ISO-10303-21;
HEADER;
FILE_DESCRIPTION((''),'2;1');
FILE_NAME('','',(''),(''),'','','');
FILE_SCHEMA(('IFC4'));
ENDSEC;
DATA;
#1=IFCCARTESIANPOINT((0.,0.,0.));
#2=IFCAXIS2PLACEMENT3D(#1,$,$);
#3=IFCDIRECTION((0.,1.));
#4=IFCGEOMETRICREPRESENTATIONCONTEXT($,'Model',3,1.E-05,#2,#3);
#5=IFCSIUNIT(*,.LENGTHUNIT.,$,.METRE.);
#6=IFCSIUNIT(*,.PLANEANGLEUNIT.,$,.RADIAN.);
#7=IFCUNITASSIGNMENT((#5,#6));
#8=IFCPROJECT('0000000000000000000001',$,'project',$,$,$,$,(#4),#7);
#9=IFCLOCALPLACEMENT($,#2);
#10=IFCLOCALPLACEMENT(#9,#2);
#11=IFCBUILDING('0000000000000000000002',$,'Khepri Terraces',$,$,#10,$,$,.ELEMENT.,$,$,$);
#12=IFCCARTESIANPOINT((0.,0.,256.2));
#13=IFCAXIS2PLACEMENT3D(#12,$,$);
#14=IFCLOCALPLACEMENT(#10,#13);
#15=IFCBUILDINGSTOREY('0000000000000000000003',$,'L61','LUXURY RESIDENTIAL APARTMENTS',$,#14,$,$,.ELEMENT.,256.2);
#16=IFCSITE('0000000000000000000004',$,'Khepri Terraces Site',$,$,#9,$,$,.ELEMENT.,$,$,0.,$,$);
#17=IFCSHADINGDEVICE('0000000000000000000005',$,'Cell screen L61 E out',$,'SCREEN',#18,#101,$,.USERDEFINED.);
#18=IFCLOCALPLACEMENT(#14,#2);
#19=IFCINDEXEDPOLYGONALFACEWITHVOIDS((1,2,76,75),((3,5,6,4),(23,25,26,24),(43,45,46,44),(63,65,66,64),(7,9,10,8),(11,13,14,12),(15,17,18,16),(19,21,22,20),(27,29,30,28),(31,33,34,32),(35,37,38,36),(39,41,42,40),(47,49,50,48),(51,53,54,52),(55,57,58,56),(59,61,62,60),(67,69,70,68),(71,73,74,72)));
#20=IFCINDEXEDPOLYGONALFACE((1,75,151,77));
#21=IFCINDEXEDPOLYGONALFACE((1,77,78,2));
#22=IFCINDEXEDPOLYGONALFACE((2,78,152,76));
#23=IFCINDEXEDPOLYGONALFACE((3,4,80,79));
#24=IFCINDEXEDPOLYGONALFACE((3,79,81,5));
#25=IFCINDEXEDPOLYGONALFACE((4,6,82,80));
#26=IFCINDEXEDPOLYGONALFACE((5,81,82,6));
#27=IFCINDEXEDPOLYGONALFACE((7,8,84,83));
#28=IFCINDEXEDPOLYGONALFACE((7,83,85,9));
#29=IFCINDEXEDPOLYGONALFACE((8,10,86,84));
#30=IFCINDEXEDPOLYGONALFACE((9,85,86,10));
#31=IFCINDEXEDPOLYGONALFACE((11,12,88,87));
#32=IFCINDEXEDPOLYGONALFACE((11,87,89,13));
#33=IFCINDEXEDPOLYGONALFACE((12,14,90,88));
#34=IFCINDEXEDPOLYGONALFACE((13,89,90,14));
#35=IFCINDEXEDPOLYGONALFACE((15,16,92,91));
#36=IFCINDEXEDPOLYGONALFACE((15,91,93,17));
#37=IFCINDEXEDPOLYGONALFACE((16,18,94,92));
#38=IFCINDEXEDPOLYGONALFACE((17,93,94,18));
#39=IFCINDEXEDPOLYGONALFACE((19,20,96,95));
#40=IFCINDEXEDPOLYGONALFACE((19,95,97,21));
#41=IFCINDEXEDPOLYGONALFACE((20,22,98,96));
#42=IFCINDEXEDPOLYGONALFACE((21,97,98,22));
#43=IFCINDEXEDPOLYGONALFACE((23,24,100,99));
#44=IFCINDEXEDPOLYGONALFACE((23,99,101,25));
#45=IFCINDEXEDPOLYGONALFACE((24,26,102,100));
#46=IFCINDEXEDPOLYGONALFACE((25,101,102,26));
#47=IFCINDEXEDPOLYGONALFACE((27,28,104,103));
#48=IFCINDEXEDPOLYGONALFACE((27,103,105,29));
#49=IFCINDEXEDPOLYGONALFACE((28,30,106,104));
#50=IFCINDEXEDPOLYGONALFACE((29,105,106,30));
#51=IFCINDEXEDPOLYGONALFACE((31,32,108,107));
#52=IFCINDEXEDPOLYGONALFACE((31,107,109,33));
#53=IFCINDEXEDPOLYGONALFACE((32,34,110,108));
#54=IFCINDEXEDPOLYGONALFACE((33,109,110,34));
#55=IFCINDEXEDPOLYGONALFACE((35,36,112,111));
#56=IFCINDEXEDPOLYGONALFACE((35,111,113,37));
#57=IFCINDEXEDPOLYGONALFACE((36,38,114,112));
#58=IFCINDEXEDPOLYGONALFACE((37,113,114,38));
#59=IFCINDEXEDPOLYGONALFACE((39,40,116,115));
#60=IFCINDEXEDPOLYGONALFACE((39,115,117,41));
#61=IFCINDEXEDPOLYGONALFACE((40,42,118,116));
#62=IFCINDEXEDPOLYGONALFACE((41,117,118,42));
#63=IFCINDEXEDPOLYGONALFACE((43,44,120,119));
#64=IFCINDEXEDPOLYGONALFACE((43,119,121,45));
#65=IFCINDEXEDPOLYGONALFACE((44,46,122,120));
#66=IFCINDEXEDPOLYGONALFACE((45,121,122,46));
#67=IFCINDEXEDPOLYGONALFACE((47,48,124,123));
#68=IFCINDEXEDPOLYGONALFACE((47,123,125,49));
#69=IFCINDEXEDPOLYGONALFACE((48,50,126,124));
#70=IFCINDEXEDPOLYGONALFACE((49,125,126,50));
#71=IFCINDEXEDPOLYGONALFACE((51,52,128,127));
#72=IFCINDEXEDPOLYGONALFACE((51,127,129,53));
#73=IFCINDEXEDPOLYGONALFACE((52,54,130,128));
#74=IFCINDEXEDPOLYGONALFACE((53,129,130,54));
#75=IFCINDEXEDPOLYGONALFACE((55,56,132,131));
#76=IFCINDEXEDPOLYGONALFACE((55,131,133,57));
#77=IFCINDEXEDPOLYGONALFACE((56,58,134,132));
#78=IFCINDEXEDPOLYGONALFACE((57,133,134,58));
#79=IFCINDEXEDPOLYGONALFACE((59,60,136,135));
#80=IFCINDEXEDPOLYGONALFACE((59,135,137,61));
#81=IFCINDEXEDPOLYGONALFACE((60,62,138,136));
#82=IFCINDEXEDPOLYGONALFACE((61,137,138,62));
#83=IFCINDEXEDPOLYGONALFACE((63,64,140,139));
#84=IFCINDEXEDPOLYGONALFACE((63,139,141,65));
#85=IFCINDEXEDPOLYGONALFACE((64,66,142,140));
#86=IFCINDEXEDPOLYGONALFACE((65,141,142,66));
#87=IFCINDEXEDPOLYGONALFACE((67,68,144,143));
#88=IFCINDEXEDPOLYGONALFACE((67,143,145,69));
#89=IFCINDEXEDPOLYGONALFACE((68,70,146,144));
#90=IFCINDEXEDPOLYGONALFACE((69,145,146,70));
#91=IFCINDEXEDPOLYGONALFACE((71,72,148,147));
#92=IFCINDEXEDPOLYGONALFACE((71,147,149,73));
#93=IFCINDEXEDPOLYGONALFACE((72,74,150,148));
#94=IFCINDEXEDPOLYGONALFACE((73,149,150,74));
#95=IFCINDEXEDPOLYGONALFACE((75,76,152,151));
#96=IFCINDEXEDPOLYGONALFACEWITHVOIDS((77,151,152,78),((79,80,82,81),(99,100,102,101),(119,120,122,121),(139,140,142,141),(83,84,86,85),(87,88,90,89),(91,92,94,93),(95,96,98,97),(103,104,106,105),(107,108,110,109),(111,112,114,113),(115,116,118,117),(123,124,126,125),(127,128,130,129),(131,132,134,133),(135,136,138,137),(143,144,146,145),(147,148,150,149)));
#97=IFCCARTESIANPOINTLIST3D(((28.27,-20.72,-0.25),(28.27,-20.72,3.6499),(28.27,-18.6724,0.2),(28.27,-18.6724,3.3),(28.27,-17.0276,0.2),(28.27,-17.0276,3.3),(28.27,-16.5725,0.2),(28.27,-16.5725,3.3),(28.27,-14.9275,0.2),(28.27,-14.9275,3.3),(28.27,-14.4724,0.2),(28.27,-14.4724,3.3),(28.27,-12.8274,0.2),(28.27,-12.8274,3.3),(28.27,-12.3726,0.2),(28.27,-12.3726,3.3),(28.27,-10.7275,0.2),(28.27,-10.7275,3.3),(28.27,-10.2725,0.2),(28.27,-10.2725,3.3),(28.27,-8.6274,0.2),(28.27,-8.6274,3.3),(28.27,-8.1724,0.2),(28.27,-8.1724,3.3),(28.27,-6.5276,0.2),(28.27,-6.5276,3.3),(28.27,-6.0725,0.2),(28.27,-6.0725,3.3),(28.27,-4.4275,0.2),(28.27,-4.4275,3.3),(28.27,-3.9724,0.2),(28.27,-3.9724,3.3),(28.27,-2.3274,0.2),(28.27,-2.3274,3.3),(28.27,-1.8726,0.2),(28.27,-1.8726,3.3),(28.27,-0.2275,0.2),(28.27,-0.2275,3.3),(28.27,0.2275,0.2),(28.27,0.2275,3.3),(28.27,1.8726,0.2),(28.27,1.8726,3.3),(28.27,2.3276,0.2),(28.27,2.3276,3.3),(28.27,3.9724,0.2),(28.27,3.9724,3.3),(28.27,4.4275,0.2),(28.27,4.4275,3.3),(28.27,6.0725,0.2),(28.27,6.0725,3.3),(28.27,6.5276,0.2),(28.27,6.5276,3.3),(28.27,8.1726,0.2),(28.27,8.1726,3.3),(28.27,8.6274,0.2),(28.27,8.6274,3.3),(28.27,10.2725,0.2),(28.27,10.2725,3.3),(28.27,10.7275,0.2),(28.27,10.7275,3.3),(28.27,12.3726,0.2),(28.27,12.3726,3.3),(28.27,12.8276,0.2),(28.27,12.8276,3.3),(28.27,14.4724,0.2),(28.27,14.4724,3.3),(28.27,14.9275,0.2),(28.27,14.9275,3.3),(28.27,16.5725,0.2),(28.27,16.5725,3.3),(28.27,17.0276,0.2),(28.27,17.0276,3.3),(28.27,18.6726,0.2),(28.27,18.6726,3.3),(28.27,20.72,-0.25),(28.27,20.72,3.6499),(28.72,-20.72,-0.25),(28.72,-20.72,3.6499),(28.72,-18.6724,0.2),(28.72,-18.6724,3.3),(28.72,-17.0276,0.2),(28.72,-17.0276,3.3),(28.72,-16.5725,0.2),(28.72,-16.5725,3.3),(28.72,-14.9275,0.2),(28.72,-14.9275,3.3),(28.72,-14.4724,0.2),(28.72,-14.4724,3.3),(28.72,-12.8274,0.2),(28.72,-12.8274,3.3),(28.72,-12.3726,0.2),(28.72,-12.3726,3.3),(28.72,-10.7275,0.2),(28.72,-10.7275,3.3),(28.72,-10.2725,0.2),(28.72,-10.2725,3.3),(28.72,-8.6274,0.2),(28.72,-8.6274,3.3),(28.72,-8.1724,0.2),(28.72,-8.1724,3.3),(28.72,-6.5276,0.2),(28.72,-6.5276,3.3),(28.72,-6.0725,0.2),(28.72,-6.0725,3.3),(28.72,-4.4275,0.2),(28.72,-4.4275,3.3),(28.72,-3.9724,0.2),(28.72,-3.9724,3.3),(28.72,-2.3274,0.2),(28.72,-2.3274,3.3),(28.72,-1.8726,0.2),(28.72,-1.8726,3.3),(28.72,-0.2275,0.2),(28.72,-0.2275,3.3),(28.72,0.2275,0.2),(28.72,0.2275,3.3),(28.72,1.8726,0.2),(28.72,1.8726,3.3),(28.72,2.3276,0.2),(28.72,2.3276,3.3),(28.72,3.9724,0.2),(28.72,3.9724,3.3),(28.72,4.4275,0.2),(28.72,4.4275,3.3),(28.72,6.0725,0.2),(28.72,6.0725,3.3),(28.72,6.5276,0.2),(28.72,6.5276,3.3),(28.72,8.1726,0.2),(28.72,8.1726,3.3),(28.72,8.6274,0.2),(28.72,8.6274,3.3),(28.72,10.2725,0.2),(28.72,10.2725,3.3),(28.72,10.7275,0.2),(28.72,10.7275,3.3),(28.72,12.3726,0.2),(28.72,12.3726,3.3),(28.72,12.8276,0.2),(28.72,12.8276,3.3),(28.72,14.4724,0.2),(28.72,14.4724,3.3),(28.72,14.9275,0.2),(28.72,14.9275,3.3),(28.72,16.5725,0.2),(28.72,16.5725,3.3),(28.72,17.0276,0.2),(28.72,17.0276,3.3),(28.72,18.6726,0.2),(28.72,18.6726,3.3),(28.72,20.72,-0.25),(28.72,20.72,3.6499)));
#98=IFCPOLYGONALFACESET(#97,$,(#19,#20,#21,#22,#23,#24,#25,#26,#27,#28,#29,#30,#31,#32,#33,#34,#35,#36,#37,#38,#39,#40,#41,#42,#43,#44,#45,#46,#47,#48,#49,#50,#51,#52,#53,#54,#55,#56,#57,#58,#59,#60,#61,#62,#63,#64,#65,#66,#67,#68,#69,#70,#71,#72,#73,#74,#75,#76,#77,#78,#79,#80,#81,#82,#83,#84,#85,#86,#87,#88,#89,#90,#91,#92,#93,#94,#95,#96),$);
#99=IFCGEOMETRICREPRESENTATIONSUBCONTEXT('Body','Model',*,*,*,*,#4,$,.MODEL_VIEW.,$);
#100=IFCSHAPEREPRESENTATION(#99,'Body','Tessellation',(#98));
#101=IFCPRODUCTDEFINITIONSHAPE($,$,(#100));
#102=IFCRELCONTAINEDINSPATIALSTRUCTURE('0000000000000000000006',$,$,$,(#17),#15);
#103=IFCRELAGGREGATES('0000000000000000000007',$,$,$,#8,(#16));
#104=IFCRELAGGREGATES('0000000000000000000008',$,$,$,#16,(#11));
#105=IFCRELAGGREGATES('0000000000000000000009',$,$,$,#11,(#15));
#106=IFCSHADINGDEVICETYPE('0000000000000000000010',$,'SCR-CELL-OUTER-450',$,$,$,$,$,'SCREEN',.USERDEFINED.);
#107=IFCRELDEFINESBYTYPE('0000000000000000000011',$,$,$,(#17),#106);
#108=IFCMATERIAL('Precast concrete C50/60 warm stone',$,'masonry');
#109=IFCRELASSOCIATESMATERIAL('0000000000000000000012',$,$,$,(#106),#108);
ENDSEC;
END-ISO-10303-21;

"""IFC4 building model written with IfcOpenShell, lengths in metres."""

from ifc_helpers import new_model, si_unit, direction, frame, origin, place, context, subcontext, project, spatial, polyline, outline, extrude, material, type_object, element, save


model = new_model("IFC4")

# Units and contexts
model_context = context("Model", 3, precision=1e-05, world=origin(), true_north=direction((0.0, 1.0)))
body_context = subcontext(model_context, "Body", "Model", "MODEL_VIEW")
ifc_project = project(units=[si_unit("LENGTHUNIT", "METRE"), si_unit("PLANEANGLEUNIT", "RADIAN")], contexts=[model_context])

# Site, building, storey
site_placement = place(None, origin())
site = spatial("IfcSite", under=ifc_project, at=site_placement, Name="Khepri Terraces Site", CompositionType="ELEMENT", RefElevation=0.0)
building_placement = place(site_placement, origin())
building = spatial("IfcBuilding", under=site, at=building_placement, Name="Khepri Terraces", CompositionType="ELEMENT")
storey_placement = place(building_placement, frame((0.0, 0.0, 256.2)))
storey = spatial("IfcBuildingStorey", under=building, at=storey_placement, Name="L61", Description="LUXURY RESIDENTIAL APARTMENTS", CompositionType="ELEMENT", Elevation=256.2)

# Shared definitions
ifc_material_1 = material(Name="Precast concrete C50/60 warm stone", Category="masonry")

# Shading device
shading_device_type_1 = type_object("IfcShadingDeviceType", Name="SCR-CELL-OUTER-450", ElementType="SCREEN", PredefinedType="USERDEFINED", material=ifc_material_1)
shading_device_1_placement = place(storey_placement, frame((28.27, -20.72, -0.25), z_axis=(1.0, 0.0, 0.0), x_axis=(0.0, 1.0, 0.0)))
element("IfcShadingDevice", 1, at=shading_device_1_placement, inside=storey, type_object=shading_device_type_1, Name="Cell screen L61 E out", ObjectType="SCREEN", PredefinedType="USERDEFINED", context=body_context, shape_type="SweptSolid", body=[
    extrude(outline(polyline([(0.0, 0.0), (41.4399, 0.0), (41.4399, 3.8999), (0.0, 3.8999), (0.0, 0.0)]), holes=[polyline([(2.0476, 0.45), (3.6924, 0.45), (3.6924, 3.55), (2.0476, 3.55), (2.0476, 0.45)]), polyline([(4.1475, 0.45), (5.7925, 0.45), (5.7925, 3.55), (4.1475, 3.55), (4.1475, 0.45)]), polyline([(6.2476, 0.45), (7.8926, 0.45), (7.8926, 3.55), (6.2476, 3.55), (6.2476, 0.45)]), polyline([(8.3474, 0.45), (9.9924, 0.45), (9.9924, 3.55), (8.3474, 3.55), (8.3474, 0.45)]), polyline([(10.4475, 0.45), (12.0925, 0.45), (12.0925, 3.55), (10.4475, 3.55), (10.4475, 0.45)]), polyline([(12.5476, 0.45), (14.1924, 0.45), (14.1924, 3.55), (12.5476, 3.55), (12.5476, 0.45)]), polyline([(14.6475, 0.45), (16.2925, 0.45), (16.2925, 3.55), (14.6475, 3.55), (14.6475, 0.45)]), polyline([(16.7476, 0.45), (18.3926, 0.45), (18.3926, 3.55), (16.7476, 3.55), (16.7476, 0.45)]), polyline([(18.8474, 0.45), (20.4924, 0.45), (20.4924, 3.55), (18.8474, 3.55), (18.8474, 0.45)]), polyline([(20.9475, 0.45), (22.5925, 0.45), (22.5925, 3.55), (20.9475, 3.55), (20.9475, 0.45)]), polyline([(23.0476, 0.45), (24.6924, 0.45), (24.6924, 3.55), (23.0476, 3.55), (23.0476, 0.45)]), polyline([(25.1475, 0.45), (26.7925, 0.45), (26.7925, 3.55), (25.1475, 3.55), (25.1475, 0.45)]), polyline([(27.2476, 0.45), (28.8926, 0.45), (28.8926, 3.55), (27.2476, 3.55), (27.2476, 0.45)]), polyline([(29.3474, 0.45), (30.9924, 0.45), (30.9924, 3.55), (29.3474, 3.55), (29.3474, 0.45)]), polyline([(31.4475, 0.45), (33.0925, 0.45), (33.0925, 3.55), (31.4475, 3.55), (31.4475, 0.45)]), polyline([(33.5476, 0.45), (35.1924, 0.45), (35.1924, 3.55), (33.5476, 3.55), (33.5476, 0.45)]), polyline([(35.6475, 0.45), (37.2925, 0.45), (37.2925, 3.55), (35.6475, 3.55), (35.6475, 0.45)]), polyline([(37.7476, 0.45), (39.3926, 0.45), (39.3926, 3.55), (37.7476, 3.55), (37.7476, 0.45)])]), origin(), (0.0, 0.0, 1.0), 0.45),
])

save(model, "model.ifc")
